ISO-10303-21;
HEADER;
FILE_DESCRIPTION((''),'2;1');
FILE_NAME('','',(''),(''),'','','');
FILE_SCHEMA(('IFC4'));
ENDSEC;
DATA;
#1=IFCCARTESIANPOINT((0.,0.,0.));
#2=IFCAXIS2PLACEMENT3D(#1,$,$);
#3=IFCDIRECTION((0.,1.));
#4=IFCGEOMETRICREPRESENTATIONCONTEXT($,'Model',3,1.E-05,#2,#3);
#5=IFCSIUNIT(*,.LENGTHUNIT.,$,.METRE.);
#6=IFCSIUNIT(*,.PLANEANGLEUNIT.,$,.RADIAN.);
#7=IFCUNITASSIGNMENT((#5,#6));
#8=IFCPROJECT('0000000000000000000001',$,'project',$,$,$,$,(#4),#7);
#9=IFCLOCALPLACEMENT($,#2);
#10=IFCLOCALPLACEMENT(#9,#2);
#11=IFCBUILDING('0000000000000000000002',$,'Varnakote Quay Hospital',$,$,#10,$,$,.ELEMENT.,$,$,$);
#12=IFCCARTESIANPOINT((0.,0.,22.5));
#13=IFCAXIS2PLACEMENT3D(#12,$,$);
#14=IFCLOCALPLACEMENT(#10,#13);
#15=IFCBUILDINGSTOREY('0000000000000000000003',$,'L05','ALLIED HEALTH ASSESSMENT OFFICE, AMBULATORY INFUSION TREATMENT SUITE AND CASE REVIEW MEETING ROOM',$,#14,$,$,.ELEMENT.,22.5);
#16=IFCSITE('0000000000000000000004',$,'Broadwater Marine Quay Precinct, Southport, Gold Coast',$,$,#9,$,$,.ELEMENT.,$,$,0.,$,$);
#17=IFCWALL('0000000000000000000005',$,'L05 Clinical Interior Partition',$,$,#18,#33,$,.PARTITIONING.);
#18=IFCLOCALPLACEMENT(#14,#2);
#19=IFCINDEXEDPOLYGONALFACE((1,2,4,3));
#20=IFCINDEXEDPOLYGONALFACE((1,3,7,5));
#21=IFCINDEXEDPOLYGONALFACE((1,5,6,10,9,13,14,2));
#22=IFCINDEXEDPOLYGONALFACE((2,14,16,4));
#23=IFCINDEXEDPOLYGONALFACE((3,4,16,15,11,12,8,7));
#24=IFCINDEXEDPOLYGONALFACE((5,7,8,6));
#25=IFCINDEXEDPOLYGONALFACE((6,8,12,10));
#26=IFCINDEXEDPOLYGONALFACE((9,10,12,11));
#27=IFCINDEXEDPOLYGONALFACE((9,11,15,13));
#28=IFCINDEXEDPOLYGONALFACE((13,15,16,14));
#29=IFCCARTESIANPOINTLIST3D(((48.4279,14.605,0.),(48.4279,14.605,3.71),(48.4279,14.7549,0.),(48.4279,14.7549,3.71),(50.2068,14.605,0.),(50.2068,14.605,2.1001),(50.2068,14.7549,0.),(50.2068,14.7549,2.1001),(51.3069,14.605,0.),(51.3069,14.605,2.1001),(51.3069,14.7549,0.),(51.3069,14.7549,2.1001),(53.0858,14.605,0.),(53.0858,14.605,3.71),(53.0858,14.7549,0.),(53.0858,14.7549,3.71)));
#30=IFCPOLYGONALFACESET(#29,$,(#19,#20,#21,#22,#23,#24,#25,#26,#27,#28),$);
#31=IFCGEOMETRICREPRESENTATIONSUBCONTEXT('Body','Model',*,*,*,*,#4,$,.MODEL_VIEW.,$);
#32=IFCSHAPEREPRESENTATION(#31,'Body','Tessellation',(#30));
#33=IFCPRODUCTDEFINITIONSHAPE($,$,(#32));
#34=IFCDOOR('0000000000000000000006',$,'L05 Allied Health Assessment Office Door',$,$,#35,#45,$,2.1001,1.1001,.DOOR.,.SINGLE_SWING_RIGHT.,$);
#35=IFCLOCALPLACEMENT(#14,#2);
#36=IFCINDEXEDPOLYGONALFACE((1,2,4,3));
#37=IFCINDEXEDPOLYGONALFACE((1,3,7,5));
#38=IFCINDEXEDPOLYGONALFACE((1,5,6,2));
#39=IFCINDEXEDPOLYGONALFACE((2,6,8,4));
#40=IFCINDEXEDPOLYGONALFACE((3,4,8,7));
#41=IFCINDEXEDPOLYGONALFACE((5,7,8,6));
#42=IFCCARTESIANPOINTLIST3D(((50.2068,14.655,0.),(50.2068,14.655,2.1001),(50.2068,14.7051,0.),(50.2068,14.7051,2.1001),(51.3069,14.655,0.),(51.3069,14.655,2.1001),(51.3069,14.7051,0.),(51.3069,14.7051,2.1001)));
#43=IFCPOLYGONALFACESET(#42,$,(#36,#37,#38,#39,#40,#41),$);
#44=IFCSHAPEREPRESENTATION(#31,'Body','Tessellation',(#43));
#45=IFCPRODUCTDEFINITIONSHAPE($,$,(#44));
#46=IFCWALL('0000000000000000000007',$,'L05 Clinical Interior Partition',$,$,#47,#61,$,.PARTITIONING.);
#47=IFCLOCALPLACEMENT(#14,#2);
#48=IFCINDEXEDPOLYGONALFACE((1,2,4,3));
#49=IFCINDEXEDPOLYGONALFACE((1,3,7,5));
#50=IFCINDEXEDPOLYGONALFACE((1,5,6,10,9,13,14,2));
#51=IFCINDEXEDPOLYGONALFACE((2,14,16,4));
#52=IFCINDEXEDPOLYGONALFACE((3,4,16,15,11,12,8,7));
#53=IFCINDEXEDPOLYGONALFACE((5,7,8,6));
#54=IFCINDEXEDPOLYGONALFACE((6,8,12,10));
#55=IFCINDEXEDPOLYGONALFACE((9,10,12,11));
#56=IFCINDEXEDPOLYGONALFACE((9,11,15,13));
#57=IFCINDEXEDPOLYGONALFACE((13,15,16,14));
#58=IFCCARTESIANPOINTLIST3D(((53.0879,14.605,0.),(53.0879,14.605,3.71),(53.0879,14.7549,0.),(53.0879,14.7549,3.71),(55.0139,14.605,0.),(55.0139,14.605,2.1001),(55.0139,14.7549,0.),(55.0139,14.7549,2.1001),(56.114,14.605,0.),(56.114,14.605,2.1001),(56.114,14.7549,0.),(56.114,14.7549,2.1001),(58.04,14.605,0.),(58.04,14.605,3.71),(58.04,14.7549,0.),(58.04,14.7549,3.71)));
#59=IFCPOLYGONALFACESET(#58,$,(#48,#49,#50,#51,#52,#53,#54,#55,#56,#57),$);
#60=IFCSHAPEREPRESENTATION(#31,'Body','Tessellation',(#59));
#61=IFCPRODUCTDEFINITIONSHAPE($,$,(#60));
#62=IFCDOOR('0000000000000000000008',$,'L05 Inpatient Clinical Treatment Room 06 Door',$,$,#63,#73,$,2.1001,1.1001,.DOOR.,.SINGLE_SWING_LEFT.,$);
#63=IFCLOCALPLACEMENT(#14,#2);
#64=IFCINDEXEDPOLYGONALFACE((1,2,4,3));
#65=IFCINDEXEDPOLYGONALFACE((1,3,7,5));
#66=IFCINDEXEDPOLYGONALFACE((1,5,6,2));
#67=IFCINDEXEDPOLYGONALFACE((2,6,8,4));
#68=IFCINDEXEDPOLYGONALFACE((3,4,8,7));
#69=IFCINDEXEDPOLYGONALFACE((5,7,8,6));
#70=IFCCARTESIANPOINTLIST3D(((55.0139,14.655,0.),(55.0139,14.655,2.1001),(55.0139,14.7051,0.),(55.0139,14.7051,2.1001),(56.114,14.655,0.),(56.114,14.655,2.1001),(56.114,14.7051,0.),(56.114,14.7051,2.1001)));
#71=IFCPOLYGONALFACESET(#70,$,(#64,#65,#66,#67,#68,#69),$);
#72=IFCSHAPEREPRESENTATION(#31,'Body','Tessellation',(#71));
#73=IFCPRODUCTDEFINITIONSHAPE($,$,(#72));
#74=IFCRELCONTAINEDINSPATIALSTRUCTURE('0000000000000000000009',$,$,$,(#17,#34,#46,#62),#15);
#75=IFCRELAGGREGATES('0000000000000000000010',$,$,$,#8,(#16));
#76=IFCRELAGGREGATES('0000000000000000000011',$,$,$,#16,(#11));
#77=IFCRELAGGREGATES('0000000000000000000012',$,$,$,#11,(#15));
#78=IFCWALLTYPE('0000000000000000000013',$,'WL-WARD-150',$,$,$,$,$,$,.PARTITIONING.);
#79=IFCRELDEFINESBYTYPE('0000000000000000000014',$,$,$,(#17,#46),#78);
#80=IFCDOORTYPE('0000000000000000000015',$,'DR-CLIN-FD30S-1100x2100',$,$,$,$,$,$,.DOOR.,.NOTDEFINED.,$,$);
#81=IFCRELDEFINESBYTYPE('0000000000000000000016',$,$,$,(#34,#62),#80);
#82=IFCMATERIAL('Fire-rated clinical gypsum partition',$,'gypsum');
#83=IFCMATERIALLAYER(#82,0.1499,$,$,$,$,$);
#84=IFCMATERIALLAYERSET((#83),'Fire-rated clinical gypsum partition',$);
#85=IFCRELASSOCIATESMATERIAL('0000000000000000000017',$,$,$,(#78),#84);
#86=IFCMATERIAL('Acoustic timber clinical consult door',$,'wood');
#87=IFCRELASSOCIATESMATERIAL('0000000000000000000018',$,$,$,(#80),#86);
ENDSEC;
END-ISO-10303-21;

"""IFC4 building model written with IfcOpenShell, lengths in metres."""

from ifc_helpers import new_model, si_unit, direction, frame, frame_2d, origin, place, context, subcontext, project, spatial, rectangle, extrude, material, layer, layer_set, type_object, element, fill, save


model = new_model("IFC4")

# Units and contexts
model_context = context("Model", 3, precision=1e-05, world=origin(), true_north=direction((0.0, 1.0)))
body_context = subcontext(model_context, "Body", "Model", "MODEL_VIEW")
ifc_project = project(units=[si_unit("LENGTHUNIT", "METRE"), si_unit("PLANEANGLEUNIT", "RADIAN")], contexts=[model_context])

# Site, building, storey
site_placement = place(None, origin())
site = spatial("IfcSite", under=ifc_project, at=site_placement, Name="Broadwater Marine Quay Precinct, Southport, Gold Coast", CompositionType="ELEMENT", RefElevation=0.0)
building_placement = place(site_placement, origin())
building = spatial("IfcBuilding", under=site, at=building_placement, Name="Varnakote Quay Hospital", CompositionType="ELEMENT")
storey_placement = place(building_placement, frame((0.0, 0.0, 22.5)))
storey = spatial("IfcBuildingStorey", under=building, at=storey_placement, Name="L05", Description="ALLIED HEALTH ASSESSMENT OFFICE, AMBULATORY INFUSION TREATMENT SUITE AND CASE REVIEW MEETING ROOM", CompositionType="ELEMENT", Elevation=22.5)

# Walls, openings, doors
ifc_material_1 = material(Name="Fire-rated clinical gypsum partition", Category="gypsum")
ifc_layer_1 = layer(ifc_material_1, 0.1499)
ifc_layer_set_1 = layer_set([ifc_layer_1], Name="Fire-rated clinical gypsum partition")
wall_type_1 = type_object("IfcWallType", Name="WL-WARD-150", PredefinedType="PARTITIONING", material=ifc_layer_set_1)
ifc_material_2 = material(Name="Acoustic timber clinical consult door", Category="wood")
door_type_1 = type_object("IfcDoorType", Name="DR-CLIN-FD30S-1100x2100", OperationType="NOTDEFINED", PredefinedType="DOOR", material=ifc_material_2)
wall_1_placement = place(storey_placement, frame((53.0859, 14.6799, 0.0), z_axis=(0.0, 0.0, 1.0), x_axis=(-1.0, 0.0, 0.0)))
wall_1 = element("IfcWall", 1, at=wall_1_placement, inside=storey, type_object=wall_type_1, Name="L05 Clinical Interior Partition", PredefinedType="PARTITIONING", context=body_context, shape_type="SweptSolid", body=[
    extrude(rectangle(XDim=4.658, YDim=0.1499, at=frame_2d((2.3291, 0.0))), origin(), (0.0, 0.0, 1.0), 3.71),
])
opening_1_placement = place(wall_1_placement, frame((1.7791, 0.0, 0.0)))
opening_1 = element("IfcOpeningElement", 2, at=opening_1_placement, cuts=wall_1, PredefinedType="OPENING", context=body_context, shape_type="SweptSolid", body=[
    extrude(rectangle(XDim=1.1001, YDim=2.1001, at=frame_2d((0.55, 1.05))), frame((0.0, 0.085, 0.0), z_axis=(0.0, -1.0, 0.0), x_axis=(1.0, 0.0, 0.0)), (0.0, 0.0, 1.0), 0.1699),
])
door_1_placement = place(opening_1_placement, origin())
door_1 = element("IfcDoor", 3, at=door_1_placement, inside=storey, type_object=door_type_1, Name="L05 Allied Health Assessment Office Door", OperationType="SINGLE_SWING_RIGHT", OverallHeight=2.1001, OverallWidth=1.1001, PredefinedType="DOOR", context=body_context, shape_type="SweptSolid", body=[
    extrude(rectangle(XDim=1.1001, YDim=2.1001, at=frame_2d((0.55, 1.05))), frame((0.0, 0.0249, 0.0), z_axis=(0.0, -1.0, 0.0), x_axis=(1.0, 0.0, 0.0)), (0.0, 0.0, 1.0), 0.05),
])
fill(opening_1, door_1)
wall_2_placement = place(storey_placement, frame((58.04, 14.6799, 0.0), z_axis=(0.0, 0.0, 1.0), x_axis=(-1.0, 0.0, 0.0)))
wall_2 = element("IfcWall", 4, at=wall_2_placement, inside=storey, type_object=wall_type_1, Name="L05 Clinical Interior Partition", PredefinedType="PARTITIONING", context=body_context, shape_type="SweptSolid", body=[
    extrude(rectangle(XDim=4.9521, YDim=0.1499, at=frame_2d((2.4761, 0.0))), origin(), (0.0, 0.0, 1.0), 3.71),
])
opening_2_placement = place(wall_2_placement, frame((1.926, 0.0, 0.0)))
opening_2 = element("IfcOpeningElement", 5, at=opening_2_placement, cuts=wall_2, PredefinedType="OPENING", context=body_context, shape_type="SweptSolid", body=[
    extrude(rectangle(XDim=1.1001, YDim=2.1001, at=frame_2d((0.55, 1.05))), frame((0.0, 0.085, 0.0), z_axis=(0.0, -1.0, 0.0), x_axis=(1.0, 0.0, 0.0)), (0.0, 0.0, 1.0), 0.1699),
])
door_2_placement = place(opening_2_placement, origin())
door_2 = element("IfcDoor", 6, at=door_2_placement, inside=storey, type_object=door_type_1, Name="L05 Inpatient Clinical Treatment Room 06 Door", OperationType="SINGLE_SWING_LEFT", OverallHeight=2.1001, OverallWidth=1.1001, PredefinedType="DOOR", context=body_context, shape_type="SweptSolid", body=[
    extrude(rectangle(XDim=1.1001, YDim=2.1001, at=frame_2d((0.55, 1.05))), frame((0.0, 0.0249, 0.0), z_axis=(0.0, -1.0, 0.0), x_axis=(1.0, 0.0, 0.0)), (0.0, 0.0, 1.0), 0.05),
])
fill(opening_2, door_2)

save(model, "model.ifc")
